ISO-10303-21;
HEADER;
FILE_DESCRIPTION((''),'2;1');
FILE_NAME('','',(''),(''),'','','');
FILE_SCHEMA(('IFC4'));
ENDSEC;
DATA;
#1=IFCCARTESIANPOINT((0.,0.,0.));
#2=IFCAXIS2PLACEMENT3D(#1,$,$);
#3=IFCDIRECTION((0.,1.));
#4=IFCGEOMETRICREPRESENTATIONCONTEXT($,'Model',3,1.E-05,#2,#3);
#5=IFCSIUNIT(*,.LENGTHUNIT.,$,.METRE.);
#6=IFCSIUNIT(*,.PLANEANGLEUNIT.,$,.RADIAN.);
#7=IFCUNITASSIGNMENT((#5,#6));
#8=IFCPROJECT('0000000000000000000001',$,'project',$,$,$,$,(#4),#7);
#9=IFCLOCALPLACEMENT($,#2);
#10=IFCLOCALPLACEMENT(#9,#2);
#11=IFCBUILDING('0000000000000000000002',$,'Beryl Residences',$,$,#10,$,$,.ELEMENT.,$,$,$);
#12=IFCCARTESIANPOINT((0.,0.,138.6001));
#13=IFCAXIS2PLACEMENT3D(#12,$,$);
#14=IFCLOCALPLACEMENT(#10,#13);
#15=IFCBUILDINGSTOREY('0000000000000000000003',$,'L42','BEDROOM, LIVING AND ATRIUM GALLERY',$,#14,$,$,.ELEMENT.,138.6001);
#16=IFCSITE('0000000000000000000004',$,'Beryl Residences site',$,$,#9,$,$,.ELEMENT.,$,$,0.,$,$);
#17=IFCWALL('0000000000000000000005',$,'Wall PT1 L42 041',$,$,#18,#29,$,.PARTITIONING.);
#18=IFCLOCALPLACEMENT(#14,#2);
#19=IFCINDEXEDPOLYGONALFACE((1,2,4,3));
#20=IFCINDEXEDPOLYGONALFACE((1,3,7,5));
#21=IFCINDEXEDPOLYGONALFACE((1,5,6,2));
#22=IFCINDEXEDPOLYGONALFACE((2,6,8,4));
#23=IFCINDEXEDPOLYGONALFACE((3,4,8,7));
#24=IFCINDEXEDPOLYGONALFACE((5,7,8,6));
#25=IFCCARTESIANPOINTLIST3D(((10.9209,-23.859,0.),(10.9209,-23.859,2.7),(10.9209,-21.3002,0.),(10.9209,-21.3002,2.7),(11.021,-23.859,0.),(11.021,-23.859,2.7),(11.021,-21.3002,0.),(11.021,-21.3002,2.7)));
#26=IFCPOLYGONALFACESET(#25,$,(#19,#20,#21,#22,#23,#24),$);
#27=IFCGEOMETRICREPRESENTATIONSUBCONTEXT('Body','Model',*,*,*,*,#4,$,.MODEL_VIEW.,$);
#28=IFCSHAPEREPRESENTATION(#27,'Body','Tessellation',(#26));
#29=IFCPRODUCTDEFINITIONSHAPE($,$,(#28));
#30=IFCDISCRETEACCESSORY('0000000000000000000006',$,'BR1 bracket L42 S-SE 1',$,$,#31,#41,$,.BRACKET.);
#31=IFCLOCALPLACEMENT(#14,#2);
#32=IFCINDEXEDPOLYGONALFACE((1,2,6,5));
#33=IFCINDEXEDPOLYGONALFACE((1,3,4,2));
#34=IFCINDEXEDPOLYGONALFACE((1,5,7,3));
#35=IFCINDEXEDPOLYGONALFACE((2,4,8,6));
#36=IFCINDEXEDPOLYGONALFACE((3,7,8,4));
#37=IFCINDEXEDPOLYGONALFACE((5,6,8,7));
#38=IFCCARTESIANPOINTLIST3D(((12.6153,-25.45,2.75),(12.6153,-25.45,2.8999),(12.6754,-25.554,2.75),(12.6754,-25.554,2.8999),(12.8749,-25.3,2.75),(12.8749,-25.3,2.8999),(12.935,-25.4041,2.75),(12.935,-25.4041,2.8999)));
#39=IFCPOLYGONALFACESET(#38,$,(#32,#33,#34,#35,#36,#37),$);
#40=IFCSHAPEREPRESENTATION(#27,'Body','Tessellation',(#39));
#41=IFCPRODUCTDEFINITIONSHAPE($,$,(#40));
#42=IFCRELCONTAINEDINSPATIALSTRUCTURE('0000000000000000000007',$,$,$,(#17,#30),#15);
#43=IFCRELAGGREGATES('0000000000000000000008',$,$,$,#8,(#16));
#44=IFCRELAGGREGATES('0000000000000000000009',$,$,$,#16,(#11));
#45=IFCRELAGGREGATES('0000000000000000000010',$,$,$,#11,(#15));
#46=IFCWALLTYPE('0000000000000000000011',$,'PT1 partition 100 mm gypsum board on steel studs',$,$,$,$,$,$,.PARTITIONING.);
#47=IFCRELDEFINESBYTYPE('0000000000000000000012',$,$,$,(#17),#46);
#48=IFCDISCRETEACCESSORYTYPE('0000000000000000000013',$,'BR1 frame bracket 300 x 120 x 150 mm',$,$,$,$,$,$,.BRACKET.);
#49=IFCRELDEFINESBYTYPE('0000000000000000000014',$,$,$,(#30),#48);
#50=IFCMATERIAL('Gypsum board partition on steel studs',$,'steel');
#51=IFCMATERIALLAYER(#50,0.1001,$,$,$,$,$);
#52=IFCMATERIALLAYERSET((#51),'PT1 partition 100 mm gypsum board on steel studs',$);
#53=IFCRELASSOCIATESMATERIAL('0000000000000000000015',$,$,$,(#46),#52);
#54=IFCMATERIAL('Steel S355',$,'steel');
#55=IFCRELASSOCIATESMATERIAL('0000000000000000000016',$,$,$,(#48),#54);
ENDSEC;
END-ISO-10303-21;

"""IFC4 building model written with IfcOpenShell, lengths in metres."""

from ifc_helpers import new_model, si_unit, direction, frame, frame_2d, origin, place, context, subcontext, project, spatial, polyline, rectangle, outline, extrude, source, transform, mapped, material, layer, layer_set, type_object, type_shapes, element, save


model = new_model("IFC4")

# Units and contexts
model_context = context("Model", 3, precision=1e-05, world=origin(), true_north=direction((0.0, 1.0)))
body_context = subcontext(model_context, "Body", "Model", "MODEL_VIEW")
ifc_project = project(units=[si_unit("LENGTHUNIT", "METRE"), si_unit("PLANEANGLEUNIT", "RADIAN")], contexts=[model_context])

# Site, building, storey
site_placement = place(None, origin())
site = spatial("IfcSite", under=ifc_project, at=site_placement, Name="Beryl Residences site", CompositionType="ELEMENT", RefElevation=0.0)
building_placement = place(site_placement, origin())
building = spatial("IfcBuilding", under=site, at=building_placement, Name="Beryl Residences", CompositionType="ELEMENT")
storey_placement = place(building_placement, frame((0.0, 0.0, 138.6001)))
storey = spatial("IfcBuildingStorey", under=building, at=storey_placement, Name="L42", Description="BEDROOM, LIVING AND ATRIUM GALLERY", CompositionType="ELEMENT", Elevation=138.6001)

# Wall
ifc_material_1 = material(Name="Gypsum board partition on steel studs", Category="steel")
ifc_layer_1 = layer(ifc_material_1, 0.1001)
ifc_layer_set_1 = layer_set([ifc_layer_1], Name="PT1 partition 100 mm gypsum board on steel studs")
wall_type_1 = type_object("IfcWallType", Name="PT1 partition 100 mm gypsum board on steel studs", PredefinedType="PARTITIONING", material=ifc_layer_set_1)
wall_1_placement = place(storey_placement, frame((10.9709, -23.8589, 0.0), z_axis=(0.0, 0.0, 1.0), x_axis=(0.0, 1.0, 0.0)))
element("IfcWall", 1, at=wall_1_placement, inside=storey, type_object=wall_type_1, Name="Wall PT1 L42 041", PredefinedType="PARTITIONING", context=body_context, shape_type="SweptSolid", body=[
    extrude(rectangle(XDim=2.5588, YDim=0.1001, at=frame_2d((1.2793, 0.0))), origin(), (0.0, 0.0, 1.0), 2.7),
])

# Discrete accessory
ifc_material_2 = material(Name="Steel S355", Category="steel")
discrete_accessory_type = type_object("IfcDiscreteAccessoryType", Name="BR1 frame bracket 300 x 120 x 150 mm", PredefinedType="BRACKET", material=ifc_material_2)
shared_shape_1 = source(origin(), body_context, "Body", "SweptSolid", [
    extrude(outline(polyline([(-0.1499, 0.0), (0.1499, 0.0), (0.1499, 0.1201), (-0.1499, 0.1201), (-0.1499, 0.0)])), origin(), (0.0, 0.0, 1.0), 0.1499),
])
type_shapes(discrete_accessory_type, [shared_shape_1])
discrete_accessory_placement = place(storey_placement, frame((12.7451, -25.375, 2.75), z_axis=(0.0, 0.0, 1.0), x_axis=(-0.866025, -0.5, 0.0)))
element("IfcDiscreteAccessory", 2, at=discrete_accessory_placement, inside=storey, type_object=discrete_accessory_type, Name="BR1 bracket L42 S-SE 1", PredefinedType="BRACKET", context=body_context, shape_type="MappedRepresentation", body=[
    mapped(shared_shape_1, transform((0.0, 0.0, 0.0))),
])

save(model, "model.ifc")
